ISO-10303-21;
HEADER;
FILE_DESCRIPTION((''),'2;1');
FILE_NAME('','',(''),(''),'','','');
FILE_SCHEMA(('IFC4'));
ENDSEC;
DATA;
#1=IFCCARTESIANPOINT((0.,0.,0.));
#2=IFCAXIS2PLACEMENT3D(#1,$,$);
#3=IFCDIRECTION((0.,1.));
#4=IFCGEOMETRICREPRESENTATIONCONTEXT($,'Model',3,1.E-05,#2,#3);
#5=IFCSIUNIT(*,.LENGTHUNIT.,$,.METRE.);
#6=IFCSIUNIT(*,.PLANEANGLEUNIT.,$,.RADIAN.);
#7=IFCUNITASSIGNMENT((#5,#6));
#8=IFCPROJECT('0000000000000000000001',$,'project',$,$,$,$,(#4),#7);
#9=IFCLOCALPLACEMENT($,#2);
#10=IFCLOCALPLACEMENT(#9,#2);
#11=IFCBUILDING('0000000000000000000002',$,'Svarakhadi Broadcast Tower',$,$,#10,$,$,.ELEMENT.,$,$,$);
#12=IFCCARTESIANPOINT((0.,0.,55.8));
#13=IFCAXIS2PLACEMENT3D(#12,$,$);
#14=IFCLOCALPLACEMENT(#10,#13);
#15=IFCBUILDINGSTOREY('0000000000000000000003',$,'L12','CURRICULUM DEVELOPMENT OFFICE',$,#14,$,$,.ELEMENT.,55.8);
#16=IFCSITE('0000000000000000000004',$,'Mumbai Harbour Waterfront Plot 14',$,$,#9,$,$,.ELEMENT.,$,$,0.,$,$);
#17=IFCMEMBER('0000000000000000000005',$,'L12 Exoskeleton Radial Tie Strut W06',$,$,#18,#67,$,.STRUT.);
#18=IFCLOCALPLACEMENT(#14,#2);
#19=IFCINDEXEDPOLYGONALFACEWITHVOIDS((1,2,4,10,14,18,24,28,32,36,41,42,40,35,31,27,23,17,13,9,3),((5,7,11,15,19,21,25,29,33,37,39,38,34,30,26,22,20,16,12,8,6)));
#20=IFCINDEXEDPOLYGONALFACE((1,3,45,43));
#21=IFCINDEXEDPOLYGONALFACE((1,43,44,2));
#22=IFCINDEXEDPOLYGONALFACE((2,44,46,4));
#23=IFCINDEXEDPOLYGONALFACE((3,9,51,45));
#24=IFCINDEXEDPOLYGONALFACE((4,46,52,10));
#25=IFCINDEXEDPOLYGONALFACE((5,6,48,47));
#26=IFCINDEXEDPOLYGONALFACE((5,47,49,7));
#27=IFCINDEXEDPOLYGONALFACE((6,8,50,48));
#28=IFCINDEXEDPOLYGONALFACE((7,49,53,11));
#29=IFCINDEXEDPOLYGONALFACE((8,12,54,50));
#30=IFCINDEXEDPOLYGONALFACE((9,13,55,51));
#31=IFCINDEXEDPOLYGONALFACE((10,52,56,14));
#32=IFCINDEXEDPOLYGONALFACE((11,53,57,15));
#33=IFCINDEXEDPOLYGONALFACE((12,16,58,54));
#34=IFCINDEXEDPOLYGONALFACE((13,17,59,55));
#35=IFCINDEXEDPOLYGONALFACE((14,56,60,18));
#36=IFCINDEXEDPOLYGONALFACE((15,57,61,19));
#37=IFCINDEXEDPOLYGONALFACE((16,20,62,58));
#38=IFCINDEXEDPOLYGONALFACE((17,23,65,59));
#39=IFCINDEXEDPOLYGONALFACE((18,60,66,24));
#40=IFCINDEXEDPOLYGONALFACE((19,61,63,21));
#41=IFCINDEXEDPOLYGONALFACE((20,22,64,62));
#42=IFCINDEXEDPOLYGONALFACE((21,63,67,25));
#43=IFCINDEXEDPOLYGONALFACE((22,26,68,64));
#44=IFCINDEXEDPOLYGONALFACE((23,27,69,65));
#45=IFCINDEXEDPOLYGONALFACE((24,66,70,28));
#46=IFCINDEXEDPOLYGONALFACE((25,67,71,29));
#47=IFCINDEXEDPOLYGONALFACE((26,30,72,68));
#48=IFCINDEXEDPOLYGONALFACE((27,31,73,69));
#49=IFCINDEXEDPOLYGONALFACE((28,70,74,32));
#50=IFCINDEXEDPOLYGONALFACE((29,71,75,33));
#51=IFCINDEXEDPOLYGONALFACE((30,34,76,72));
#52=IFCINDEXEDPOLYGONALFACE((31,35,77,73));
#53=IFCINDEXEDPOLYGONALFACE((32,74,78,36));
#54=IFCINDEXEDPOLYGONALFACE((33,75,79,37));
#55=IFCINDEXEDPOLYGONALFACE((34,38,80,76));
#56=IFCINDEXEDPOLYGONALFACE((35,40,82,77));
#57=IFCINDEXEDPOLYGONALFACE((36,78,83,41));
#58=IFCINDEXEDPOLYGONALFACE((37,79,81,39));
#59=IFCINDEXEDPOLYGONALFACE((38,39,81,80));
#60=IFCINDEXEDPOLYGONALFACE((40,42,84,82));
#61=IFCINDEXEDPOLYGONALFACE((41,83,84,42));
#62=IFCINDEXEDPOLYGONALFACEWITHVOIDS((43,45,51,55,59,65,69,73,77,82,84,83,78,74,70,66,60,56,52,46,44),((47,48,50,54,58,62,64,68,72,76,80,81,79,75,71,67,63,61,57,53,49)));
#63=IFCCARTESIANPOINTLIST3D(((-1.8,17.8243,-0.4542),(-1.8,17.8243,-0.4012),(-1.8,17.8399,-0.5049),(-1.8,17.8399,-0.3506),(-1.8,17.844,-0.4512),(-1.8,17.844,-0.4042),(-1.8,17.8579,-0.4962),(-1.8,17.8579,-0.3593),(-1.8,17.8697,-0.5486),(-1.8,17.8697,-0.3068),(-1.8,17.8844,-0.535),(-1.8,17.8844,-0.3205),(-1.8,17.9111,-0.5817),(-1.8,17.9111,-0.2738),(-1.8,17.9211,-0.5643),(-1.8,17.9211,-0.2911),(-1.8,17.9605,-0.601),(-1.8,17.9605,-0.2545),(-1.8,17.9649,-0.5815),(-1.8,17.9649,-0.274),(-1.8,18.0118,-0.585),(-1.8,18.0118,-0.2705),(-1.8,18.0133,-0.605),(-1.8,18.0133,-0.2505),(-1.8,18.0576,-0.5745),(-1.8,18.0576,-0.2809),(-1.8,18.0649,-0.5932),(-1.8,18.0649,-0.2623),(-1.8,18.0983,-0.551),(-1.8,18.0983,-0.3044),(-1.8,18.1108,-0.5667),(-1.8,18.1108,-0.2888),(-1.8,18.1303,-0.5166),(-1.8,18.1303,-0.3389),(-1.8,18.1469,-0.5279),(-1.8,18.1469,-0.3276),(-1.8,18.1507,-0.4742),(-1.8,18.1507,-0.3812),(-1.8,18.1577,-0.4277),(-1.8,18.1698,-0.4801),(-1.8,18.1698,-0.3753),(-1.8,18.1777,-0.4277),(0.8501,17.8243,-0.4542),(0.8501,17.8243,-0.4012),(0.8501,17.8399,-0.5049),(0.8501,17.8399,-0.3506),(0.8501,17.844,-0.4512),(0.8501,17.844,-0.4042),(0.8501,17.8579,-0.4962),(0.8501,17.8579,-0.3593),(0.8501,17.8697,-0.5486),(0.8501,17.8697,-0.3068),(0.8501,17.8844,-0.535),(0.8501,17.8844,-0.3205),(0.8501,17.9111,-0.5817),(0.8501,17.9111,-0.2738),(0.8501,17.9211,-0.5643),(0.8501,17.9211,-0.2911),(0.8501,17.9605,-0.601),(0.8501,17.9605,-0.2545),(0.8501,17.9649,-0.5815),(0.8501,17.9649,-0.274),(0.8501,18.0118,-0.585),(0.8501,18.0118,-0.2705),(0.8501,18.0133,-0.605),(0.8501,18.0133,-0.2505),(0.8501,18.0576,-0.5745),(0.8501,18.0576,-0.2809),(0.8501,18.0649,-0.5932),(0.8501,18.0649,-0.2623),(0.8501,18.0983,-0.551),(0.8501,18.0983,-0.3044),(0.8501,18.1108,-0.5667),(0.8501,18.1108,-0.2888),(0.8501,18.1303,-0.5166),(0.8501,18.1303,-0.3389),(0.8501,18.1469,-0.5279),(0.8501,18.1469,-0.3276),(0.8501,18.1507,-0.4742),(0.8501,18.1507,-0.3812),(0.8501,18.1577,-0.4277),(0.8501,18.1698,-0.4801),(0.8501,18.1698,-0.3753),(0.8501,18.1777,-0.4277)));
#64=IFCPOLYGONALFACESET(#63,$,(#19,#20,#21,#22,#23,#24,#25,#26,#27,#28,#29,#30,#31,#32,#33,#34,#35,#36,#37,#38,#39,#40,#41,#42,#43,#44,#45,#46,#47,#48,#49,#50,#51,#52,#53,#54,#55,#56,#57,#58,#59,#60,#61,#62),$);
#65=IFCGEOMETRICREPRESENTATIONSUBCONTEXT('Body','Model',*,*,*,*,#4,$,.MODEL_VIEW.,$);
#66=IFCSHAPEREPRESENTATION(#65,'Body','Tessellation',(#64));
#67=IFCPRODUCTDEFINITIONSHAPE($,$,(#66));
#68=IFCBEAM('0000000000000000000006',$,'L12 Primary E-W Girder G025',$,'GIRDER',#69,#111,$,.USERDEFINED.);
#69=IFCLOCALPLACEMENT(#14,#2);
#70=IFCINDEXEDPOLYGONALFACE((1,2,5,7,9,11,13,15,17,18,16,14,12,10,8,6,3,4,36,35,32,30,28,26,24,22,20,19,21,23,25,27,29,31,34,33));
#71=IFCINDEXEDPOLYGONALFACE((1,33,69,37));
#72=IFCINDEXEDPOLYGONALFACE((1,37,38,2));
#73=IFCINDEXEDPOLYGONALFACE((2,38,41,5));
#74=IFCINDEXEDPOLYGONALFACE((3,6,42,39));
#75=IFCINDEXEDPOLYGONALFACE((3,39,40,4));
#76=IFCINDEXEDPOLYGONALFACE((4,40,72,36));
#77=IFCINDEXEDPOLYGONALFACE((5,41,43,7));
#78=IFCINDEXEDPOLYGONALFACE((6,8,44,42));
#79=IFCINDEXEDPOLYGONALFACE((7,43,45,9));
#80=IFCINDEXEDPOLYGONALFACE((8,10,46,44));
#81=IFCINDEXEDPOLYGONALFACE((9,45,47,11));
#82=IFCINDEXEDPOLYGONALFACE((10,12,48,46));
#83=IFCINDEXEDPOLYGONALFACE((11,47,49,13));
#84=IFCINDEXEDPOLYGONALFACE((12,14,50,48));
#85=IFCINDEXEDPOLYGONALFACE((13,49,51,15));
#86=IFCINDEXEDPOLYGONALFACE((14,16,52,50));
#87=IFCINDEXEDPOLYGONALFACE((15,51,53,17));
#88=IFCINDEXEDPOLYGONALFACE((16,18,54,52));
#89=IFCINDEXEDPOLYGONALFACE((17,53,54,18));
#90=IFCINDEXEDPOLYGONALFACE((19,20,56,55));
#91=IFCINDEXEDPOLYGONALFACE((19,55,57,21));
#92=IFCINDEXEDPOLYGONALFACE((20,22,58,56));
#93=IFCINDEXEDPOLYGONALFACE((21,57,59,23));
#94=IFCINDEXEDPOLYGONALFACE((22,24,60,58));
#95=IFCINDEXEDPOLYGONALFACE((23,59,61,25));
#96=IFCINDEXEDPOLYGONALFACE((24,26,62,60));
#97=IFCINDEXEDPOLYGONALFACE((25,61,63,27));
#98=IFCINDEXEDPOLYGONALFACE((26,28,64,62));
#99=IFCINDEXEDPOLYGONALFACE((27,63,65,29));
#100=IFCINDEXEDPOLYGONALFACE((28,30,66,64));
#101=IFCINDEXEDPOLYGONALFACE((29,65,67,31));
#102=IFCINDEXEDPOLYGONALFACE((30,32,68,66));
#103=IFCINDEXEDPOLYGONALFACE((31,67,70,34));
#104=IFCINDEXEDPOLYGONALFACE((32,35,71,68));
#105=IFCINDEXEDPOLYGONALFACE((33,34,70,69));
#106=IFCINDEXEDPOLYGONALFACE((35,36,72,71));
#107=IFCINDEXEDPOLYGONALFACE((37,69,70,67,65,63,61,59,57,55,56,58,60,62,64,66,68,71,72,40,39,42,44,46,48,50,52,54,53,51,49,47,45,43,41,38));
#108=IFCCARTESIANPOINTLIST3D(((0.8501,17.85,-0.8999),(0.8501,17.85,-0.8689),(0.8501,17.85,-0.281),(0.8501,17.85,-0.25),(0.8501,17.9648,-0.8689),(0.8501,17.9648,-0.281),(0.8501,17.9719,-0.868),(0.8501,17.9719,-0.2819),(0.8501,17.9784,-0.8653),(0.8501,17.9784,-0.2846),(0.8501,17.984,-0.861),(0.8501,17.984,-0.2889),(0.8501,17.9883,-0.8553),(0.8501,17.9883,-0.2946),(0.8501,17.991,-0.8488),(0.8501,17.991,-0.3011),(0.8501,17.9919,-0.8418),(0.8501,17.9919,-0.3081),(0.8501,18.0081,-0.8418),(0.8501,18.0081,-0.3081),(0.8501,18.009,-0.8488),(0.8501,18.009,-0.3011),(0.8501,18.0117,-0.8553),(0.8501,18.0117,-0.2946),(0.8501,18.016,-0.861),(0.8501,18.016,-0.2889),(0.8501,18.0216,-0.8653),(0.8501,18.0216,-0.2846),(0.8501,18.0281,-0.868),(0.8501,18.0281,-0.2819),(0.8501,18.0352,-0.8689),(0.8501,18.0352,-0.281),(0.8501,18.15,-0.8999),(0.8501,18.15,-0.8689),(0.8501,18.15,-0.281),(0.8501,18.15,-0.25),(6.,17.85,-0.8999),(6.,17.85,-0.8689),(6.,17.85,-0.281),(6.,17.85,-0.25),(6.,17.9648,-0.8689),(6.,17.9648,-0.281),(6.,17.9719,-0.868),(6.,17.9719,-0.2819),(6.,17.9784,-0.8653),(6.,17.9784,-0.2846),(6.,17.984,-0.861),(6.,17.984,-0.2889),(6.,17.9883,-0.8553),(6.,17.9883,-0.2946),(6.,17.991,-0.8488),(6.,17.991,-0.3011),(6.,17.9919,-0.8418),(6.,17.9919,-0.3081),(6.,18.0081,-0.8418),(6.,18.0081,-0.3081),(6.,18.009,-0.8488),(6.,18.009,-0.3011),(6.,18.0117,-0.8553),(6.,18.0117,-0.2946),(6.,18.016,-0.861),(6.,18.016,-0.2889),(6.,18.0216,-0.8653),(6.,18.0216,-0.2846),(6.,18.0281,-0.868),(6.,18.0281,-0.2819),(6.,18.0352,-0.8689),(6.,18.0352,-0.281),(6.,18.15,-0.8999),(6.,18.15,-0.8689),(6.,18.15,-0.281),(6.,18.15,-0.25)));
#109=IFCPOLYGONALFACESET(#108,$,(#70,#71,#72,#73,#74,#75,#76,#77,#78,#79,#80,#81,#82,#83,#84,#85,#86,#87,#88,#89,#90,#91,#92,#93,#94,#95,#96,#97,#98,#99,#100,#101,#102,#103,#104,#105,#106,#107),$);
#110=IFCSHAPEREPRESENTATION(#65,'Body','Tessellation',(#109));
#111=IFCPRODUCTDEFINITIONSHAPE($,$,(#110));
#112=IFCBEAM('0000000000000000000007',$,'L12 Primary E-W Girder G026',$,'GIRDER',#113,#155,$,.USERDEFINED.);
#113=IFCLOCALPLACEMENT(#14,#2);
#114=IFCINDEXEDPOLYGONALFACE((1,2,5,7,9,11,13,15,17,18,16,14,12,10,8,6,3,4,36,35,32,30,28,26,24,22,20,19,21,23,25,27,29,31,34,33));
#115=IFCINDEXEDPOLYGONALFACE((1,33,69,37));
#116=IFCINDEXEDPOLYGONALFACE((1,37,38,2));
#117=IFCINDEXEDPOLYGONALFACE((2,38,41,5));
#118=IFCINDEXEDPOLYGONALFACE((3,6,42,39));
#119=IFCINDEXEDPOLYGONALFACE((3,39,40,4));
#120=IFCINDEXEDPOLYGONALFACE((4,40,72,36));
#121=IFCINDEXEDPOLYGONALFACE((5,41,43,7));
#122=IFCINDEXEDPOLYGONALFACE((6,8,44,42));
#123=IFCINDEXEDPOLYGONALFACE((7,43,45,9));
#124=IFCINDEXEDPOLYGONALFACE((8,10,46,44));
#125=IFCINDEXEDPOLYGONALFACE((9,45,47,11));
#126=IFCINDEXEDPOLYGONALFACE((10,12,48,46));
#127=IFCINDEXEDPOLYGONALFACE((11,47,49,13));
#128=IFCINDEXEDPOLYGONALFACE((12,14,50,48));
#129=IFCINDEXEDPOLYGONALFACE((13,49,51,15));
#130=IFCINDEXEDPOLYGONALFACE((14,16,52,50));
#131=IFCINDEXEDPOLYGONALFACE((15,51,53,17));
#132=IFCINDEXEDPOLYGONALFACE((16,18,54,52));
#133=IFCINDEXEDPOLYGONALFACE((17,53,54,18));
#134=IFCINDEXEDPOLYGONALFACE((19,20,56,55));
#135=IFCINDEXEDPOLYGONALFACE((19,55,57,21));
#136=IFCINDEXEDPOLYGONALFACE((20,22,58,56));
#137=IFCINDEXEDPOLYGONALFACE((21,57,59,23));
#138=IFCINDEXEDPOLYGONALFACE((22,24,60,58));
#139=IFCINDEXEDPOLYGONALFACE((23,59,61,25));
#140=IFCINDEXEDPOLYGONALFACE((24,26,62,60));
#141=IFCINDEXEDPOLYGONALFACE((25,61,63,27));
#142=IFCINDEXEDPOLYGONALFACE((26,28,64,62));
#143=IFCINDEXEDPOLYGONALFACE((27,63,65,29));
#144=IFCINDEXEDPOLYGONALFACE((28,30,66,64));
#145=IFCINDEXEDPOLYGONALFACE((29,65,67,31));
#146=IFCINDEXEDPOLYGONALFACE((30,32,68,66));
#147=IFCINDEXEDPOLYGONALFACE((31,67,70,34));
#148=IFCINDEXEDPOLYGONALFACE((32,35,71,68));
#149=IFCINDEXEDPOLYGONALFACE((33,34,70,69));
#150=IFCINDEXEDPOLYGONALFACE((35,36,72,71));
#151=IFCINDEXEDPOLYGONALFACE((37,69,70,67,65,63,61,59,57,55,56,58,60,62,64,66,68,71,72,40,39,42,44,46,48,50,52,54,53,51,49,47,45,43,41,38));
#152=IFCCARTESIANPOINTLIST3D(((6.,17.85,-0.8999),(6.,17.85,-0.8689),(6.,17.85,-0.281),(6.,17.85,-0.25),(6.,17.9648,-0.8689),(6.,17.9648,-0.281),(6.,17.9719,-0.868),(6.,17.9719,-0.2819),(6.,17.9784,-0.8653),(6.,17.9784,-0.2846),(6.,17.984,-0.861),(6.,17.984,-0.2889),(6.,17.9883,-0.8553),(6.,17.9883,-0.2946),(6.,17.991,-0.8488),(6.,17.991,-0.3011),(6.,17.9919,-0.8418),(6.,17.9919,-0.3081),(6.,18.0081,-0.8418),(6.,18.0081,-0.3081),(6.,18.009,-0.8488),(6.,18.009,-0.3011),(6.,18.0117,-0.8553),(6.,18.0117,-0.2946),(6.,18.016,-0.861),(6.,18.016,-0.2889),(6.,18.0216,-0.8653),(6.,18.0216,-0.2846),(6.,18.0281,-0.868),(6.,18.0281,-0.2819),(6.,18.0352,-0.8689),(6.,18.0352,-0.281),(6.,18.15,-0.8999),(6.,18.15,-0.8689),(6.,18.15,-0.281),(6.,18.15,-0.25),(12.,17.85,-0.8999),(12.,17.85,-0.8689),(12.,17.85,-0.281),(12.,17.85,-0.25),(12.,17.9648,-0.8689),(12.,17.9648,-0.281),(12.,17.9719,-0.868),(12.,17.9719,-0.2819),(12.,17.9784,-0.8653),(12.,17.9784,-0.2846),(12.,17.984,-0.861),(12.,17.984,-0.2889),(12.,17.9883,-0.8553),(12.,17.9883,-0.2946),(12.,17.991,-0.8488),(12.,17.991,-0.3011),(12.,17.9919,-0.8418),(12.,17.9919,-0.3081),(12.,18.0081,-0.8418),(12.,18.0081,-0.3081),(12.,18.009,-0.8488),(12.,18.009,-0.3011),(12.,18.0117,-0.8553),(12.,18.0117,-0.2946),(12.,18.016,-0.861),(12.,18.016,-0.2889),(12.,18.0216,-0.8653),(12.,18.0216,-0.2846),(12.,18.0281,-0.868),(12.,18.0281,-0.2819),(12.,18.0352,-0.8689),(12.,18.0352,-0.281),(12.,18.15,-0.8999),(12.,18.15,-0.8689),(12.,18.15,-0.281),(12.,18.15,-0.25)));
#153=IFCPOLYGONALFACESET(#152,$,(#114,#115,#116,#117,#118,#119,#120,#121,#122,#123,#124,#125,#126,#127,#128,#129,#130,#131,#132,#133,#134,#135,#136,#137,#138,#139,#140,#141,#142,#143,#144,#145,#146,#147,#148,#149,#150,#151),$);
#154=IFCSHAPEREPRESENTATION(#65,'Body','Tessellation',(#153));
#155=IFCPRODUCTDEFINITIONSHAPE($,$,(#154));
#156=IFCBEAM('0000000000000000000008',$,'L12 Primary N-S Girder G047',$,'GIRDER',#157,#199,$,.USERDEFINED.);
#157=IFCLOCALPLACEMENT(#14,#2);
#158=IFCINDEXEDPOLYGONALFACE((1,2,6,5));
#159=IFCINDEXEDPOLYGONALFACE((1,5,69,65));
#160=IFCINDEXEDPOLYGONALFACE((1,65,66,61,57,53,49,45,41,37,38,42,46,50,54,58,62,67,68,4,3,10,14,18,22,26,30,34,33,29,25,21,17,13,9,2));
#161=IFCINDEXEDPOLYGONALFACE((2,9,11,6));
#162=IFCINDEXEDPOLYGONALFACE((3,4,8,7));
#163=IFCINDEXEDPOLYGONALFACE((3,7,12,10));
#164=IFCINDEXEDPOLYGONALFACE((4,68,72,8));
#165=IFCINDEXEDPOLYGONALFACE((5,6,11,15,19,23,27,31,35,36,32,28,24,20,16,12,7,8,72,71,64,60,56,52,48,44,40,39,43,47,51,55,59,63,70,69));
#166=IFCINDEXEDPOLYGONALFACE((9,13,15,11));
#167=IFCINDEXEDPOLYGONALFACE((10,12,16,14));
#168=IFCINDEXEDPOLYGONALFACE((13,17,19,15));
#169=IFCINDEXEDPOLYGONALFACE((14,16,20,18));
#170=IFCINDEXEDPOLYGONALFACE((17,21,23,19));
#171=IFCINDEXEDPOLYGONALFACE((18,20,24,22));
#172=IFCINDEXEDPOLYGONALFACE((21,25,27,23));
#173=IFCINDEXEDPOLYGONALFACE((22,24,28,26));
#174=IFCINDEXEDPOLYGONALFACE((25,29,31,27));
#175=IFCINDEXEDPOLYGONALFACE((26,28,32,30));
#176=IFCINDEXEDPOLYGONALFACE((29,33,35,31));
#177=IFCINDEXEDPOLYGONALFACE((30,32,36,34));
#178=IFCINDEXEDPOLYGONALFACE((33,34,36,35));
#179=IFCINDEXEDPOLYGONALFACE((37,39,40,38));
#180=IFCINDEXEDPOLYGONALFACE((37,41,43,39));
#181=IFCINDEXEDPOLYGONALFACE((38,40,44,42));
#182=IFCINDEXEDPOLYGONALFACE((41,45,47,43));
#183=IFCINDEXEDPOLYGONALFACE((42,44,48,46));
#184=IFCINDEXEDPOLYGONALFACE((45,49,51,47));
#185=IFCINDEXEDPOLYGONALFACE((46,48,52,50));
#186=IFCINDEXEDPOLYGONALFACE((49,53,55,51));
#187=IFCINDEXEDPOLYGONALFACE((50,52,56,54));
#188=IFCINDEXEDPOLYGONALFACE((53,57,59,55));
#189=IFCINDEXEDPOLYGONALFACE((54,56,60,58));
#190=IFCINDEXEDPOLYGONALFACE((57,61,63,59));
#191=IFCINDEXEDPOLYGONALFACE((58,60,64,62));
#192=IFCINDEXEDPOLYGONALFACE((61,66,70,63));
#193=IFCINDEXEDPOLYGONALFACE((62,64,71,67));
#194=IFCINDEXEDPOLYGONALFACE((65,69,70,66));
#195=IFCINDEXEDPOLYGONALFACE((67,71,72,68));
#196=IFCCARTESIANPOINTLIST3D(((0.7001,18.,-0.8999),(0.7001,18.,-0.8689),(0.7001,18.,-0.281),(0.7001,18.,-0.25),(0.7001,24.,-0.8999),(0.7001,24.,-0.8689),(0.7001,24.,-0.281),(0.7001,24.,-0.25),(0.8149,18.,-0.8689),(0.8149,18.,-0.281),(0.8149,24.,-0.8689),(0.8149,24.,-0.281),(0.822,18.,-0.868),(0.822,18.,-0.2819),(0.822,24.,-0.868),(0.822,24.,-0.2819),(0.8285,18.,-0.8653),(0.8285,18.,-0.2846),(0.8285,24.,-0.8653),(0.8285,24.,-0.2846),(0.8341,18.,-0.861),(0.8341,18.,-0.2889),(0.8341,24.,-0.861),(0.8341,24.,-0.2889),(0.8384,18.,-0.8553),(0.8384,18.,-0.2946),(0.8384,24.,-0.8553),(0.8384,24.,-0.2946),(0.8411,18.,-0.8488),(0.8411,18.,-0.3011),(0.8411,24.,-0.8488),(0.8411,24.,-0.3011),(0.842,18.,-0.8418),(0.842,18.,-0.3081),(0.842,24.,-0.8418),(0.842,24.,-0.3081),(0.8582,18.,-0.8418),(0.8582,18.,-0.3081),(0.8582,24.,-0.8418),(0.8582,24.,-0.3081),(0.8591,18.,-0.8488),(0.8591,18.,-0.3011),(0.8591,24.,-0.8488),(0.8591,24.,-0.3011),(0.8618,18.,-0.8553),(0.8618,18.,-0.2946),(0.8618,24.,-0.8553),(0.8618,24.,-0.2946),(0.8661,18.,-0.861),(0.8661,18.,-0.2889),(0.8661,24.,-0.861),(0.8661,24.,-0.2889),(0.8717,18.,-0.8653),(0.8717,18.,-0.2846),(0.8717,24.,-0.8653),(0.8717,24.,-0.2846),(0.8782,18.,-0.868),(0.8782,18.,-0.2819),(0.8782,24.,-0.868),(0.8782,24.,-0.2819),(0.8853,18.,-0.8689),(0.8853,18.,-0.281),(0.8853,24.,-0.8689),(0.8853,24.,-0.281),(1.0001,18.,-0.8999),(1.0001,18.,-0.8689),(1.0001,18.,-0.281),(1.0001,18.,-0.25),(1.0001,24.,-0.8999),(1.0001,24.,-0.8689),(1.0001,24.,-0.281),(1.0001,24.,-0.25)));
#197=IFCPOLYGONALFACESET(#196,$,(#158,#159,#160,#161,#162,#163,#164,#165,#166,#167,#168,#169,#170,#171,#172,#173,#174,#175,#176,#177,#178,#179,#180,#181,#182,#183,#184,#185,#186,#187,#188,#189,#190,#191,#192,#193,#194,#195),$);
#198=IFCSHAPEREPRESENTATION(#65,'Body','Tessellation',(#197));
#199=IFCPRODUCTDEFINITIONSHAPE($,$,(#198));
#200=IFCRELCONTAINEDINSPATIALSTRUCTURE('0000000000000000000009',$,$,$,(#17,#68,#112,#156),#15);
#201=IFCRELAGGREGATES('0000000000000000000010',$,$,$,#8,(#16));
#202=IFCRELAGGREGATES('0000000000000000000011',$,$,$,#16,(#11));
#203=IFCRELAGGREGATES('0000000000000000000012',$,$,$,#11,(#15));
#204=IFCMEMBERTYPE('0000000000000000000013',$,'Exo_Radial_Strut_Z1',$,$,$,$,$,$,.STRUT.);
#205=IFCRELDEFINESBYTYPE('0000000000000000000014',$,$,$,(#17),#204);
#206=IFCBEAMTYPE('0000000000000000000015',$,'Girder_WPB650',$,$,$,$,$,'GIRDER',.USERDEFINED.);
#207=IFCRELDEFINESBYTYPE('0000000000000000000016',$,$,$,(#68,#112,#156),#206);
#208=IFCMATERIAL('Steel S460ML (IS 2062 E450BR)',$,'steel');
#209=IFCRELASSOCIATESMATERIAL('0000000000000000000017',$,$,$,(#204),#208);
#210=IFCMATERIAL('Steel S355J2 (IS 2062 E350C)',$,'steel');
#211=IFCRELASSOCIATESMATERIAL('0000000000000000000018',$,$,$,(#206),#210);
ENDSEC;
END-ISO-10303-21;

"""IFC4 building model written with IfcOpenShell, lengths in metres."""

from ifc_helpers import new_model, si_unit, direction, frame, origin, origin_2d, place, context, subcontext, project, spatial, hollow_circle, i_section, extrude, material, material_profile, profile_set, type_object, element, save


model = new_model("IFC4")

# Units and contexts
model_context = context("Model", 3, precision=1e-05, world=origin(), true_north=direction((0.0, 1.0)))
body_context = subcontext(model_context, "Body", "Model", "MODEL_VIEW")
ifc_project = project(units=[si_unit("LENGTHUNIT", "METRE"), si_unit("PLANEANGLEUNIT", "RADIAN")], contexts=[model_context])

# Site, building, storey
site_placement = place(None, origin())
site = spatial("IfcSite", under=ifc_project, at=site_placement, Name="Mumbai Harbour Waterfront Plot 14", CompositionType="ELEMENT", RefElevation=0.0)
building_placement = place(site_placement, origin())
building = spatial("IfcBuilding", under=site, at=building_placement, Name="Svarakhadi Broadcast Tower", CompositionType="ELEMENT")
storey_placement = place(building_placement, frame((0.0, 0.0, 55.8)))
storey = spatial("IfcBuildingStorey", under=building, at=storey_placement, Name="L12", Description="CURRICULUM DEVELOPMENT OFFICE", CompositionType="ELEMENT", Elevation=55.8)

# Shared definitions
ifc_material_1 = material(Name="Steel S460ML (IS 2062 E450BR)", Category="steel")

# Shared definitions
ifc_material_2 = material(Name="Steel S355J2 (IS 2062 E350C)", Category="steel")

# Member
ifc_material_profile_1 = material_profile(ifc_material_1, hollow_circle(Radius=0.1777, WallThickness=0.02, at=origin_2d()), Name="CHS 355.6x20")
ifc_profile_set_1 = profile_set([ifc_material_profile_1], Name="Steel S460ML (IS 2062 E450BR)")
member_type_1 = type_object("IfcMemberType", Name="Exo_Radial_Strut_Z1", PredefinedType="STRUT", material=ifc_profile_set_1)
member_1_placement = place(storey_placement, frame((-1.8, 18.0, -0.4277), z_axis=(1.0, 0.0, 0.0), x_axis=(0.0, 1.0, 0.0)))
element("IfcMember", 1, at=member_1_placement, inside=storey, type_object=member_type_1, Name="L12 Exoskeleton Radial Tie Strut W06", PredefinedType="STRUT", context=body_context, shape_type="SweptSolid", body=[
    extrude(hollow_circle(Radius=0.1777, WallThickness=0.02, at=origin_2d()), origin(), (0.0, 0.0, 1.0), 2.6501),
])

# Beams
ifc_material_profile_2 = material_profile(ifc_material_2, i_section(OverallWidth=0.3, OverallDepth=0.6499, WebThickness=0.0161, FlangeThickness=0.031, FilletRadius=0.0271, at=origin_2d()), Name="WPB 650x300x225")
ifc_profile_set_2 = profile_set([ifc_material_profile_2], Name="Steel S355J2 (IS 2062 E350C)")
beam_type_1 = type_object("IfcBeamType", Name="Girder_WPB650", ElementType="GIRDER", PredefinedType="USERDEFINED", material=ifc_profile_set_2)
beam_1_placement = place(storey_placement, frame((0.8501, 18.0, -0.575), z_axis=(1.0, 0.0, 0.0), x_axis=(0.0, 1.0, 0.0)))
element("IfcBeam", 2, at=beam_1_placement, inside=storey, type_object=beam_type_1, Name="L12 Primary E-W Girder G025", ObjectType="GIRDER", PredefinedType="USERDEFINED", context=body_context, shape_type="SweptSolid", body=[
    extrude(i_section(OverallWidth=0.3, OverallDepth=0.6499, WebThickness=0.0161, FlangeThickness=0.031, FilletRadius=0.0271, at=origin_2d()), origin(), (0.0, 0.0, 1.0), 5.1499),
])
for number, where, z_axis, x_axis, name in (
    (3, (6.0, 18.0, -0.575), (1.0, 0.0, 0.0), (0.0, 1.0, 0.0), "L12 Primary E-W Girder G026"),
    (4, (0.8501, 18.0, -0.575), (0.0, 1.0, 0.0), (-1.0, 0.0, 0.0), "L12 Primary N-S Girder G047"),
):
    element("IfcBeam", number, at=place(storey_placement, frame(where, z_axis=z_axis, x_axis=x_axis)), inside=storey, type_object=beam_type_1, Name=name, ObjectType="GIRDER", PredefinedType="USERDEFINED", context=body_context, shape_type="SweptSolid", body=[
        extrude(i_section(OverallWidth=0.3, OverallDepth=0.6499, WebThickness=0.0161, FlangeThickness=0.031, FilletRadius=0.0271, at=origin_2d()), origin(), (0.0, 0.0, 1.0), 6.0),
    ])

save(model, "model.ifc")
